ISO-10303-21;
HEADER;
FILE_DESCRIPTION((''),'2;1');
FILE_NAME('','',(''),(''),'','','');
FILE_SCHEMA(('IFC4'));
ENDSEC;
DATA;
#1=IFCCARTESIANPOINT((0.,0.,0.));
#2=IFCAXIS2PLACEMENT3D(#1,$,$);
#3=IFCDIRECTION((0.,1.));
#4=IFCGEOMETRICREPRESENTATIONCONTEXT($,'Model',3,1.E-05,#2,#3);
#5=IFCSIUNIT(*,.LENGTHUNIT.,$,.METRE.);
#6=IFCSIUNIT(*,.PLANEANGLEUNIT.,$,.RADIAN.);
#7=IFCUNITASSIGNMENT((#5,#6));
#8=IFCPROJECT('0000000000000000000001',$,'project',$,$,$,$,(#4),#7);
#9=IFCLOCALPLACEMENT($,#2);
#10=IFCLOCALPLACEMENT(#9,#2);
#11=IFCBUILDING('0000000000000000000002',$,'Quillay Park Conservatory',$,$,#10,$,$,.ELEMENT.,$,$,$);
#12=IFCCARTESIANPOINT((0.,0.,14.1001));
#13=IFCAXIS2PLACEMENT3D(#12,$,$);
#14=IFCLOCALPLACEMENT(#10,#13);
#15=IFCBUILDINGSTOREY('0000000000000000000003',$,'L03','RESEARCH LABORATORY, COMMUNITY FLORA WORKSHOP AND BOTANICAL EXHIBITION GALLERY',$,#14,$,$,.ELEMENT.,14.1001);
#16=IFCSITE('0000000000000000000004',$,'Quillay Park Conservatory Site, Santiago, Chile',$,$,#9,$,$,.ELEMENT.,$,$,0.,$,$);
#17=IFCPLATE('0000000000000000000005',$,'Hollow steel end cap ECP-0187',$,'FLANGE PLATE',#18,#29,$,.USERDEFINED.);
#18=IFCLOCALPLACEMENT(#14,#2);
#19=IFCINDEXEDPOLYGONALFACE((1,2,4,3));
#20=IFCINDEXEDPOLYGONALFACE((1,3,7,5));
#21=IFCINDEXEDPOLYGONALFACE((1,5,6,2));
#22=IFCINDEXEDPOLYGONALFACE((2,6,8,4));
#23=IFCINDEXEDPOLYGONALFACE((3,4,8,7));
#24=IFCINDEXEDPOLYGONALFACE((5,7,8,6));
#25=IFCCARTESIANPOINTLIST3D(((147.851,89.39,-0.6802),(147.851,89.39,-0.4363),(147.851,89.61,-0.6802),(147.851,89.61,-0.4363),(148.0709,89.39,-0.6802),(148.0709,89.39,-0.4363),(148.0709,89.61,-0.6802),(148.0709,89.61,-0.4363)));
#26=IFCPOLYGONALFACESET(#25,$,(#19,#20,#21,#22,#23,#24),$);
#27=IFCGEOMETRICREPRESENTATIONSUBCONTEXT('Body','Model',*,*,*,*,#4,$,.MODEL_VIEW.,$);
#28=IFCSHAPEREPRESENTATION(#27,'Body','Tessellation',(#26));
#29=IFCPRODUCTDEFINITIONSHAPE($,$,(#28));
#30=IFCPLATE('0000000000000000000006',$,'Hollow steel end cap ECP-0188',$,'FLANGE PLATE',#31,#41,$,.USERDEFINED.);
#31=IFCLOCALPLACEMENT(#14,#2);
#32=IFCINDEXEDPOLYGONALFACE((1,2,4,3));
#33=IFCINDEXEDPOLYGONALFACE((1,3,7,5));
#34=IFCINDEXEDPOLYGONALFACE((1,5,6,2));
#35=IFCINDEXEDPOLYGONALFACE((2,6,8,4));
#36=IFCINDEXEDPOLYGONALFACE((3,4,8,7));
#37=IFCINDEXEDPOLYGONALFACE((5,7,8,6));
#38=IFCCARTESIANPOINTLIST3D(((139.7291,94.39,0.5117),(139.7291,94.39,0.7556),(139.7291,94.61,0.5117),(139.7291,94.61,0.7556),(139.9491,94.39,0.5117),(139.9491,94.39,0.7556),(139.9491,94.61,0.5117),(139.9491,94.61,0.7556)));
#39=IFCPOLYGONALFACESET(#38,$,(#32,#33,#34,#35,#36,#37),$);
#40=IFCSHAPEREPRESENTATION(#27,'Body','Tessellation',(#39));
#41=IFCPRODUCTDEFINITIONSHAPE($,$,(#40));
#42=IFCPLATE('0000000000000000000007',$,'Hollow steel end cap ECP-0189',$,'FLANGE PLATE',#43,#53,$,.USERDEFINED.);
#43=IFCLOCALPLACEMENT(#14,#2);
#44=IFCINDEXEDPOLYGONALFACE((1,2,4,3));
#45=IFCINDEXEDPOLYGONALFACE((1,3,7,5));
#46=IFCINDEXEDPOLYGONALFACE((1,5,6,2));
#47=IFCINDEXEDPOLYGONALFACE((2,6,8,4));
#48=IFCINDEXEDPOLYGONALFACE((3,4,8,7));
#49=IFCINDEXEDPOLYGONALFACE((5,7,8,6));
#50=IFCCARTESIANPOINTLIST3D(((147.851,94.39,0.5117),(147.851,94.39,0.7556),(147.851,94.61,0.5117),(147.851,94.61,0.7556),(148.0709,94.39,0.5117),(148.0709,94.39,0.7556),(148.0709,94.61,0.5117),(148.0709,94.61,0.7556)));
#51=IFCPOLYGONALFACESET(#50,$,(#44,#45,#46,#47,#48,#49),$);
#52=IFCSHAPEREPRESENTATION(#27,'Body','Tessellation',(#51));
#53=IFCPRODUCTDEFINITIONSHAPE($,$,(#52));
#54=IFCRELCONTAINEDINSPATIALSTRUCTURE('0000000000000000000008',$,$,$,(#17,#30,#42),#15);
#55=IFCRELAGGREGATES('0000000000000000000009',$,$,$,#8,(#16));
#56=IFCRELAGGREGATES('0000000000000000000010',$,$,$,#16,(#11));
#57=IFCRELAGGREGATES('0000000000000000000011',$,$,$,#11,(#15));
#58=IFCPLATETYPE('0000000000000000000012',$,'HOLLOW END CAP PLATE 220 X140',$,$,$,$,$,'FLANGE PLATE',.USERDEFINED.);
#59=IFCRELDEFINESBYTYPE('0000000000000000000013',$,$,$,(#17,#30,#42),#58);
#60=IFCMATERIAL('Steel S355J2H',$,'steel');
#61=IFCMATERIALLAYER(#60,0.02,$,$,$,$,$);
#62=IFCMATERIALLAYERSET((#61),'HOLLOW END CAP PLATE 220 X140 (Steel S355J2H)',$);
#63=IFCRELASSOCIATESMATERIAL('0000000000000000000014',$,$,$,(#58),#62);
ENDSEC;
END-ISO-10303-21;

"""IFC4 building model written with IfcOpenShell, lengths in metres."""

from ifc_helpers import new_model, si_unit, direction, frame, origin, origin_2d, place, context, subcontext, project, spatial, rectangle, extrude, material, layer, layer_set, type_object, element, save


model = new_model("IFC4")

# Units and contexts
model_context = context("Model", 3, precision=1e-05, world=origin(), true_north=direction((0.0, 1.0)))
body_context = subcontext(model_context, "Body", "Model", "MODEL_VIEW")
ifc_project = project(units=[si_unit("LENGTHUNIT", "METRE"), si_unit("PLANEANGLEUNIT", "RADIAN")], contexts=[model_context])

# Site, building, storey
site_placement = place(None, origin())
site = spatial("IfcSite", under=ifc_project, at=site_placement, Name="Quillay Park Conservatory Site, Santiago, Chile", CompositionType="ELEMENT", RefElevation=0.0)
building_placement = place(site_placement, origin())
building = spatial("IfcBuilding", under=site, at=building_placement, Name="Quillay Park Conservatory", CompositionType="ELEMENT")
storey_placement = place(building_placement, frame((0.0, 0.0, 14.1001)))
storey = spatial("IfcBuildingStorey", under=building, at=storey_placement, Name="L03", Description="RESEARCH LABORATORY, COMMUNITY FLORA WORKSHOP AND BOTANICAL EXHIBITION GALLERY", CompositionType="ELEMENT", Elevation=14.1001)

# Plates
ifc_material_1 = material(Name="Steel S355J2H", Category="steel")
ifc_layer_1 = layer(ifc_material_1, 0.02)
ifc_layer_set_1 = layer_set([ifc_layer_1], Name="HOLLOW END CAP PLATE 220 X140 (Steel S355J2H)")
plate_type_1 = type_object("IfcPlateType", Name="HOLLOW END CAP PLATE 220 X140", ElementType="FLANGE PLATE", PredefinedType="USERDEFINED", material=ifc_layer_set_1)
for number, where, z_axis, x_axis, name in (
    (1, (147.9609, 89.5, -0.6802), (0.0, 0.0, 1.0), (1.0, 0.0, 0.0), "Hollow steel end cap ECP-0187"),
    (2, (139.8391, 94.5, 0.5117), (0.0, 0.0, 1.0), (1.0, 0.0, 0.0), "Hollow steel end cap ECP-0188"),
    (3, (147.9609, 94.5, 0.5117), (0.0, 0.0, 1.0), (1.0, 0.0, 0.0), "Hollow steel end cap ECP-0189"),
):
    element("IfcPlate", number, at=place(storey_placement, frame(where, z_axis=z_axis, x_axis=x_axis)), inside=storey, type_object=plate_type_1, Name=name, ObjectType="FLANGE PLATE", PredefinedType="USERDEFINED", context=body_context, shape_type="SweptSolid", body=[
        extrude(rectangle(XDim=0.22, YDim=0.22, at=origin_2d()), origin(), (0.0, 0.0, 1.0), 0.2439),
    ])

save(model, "model.ifc")
